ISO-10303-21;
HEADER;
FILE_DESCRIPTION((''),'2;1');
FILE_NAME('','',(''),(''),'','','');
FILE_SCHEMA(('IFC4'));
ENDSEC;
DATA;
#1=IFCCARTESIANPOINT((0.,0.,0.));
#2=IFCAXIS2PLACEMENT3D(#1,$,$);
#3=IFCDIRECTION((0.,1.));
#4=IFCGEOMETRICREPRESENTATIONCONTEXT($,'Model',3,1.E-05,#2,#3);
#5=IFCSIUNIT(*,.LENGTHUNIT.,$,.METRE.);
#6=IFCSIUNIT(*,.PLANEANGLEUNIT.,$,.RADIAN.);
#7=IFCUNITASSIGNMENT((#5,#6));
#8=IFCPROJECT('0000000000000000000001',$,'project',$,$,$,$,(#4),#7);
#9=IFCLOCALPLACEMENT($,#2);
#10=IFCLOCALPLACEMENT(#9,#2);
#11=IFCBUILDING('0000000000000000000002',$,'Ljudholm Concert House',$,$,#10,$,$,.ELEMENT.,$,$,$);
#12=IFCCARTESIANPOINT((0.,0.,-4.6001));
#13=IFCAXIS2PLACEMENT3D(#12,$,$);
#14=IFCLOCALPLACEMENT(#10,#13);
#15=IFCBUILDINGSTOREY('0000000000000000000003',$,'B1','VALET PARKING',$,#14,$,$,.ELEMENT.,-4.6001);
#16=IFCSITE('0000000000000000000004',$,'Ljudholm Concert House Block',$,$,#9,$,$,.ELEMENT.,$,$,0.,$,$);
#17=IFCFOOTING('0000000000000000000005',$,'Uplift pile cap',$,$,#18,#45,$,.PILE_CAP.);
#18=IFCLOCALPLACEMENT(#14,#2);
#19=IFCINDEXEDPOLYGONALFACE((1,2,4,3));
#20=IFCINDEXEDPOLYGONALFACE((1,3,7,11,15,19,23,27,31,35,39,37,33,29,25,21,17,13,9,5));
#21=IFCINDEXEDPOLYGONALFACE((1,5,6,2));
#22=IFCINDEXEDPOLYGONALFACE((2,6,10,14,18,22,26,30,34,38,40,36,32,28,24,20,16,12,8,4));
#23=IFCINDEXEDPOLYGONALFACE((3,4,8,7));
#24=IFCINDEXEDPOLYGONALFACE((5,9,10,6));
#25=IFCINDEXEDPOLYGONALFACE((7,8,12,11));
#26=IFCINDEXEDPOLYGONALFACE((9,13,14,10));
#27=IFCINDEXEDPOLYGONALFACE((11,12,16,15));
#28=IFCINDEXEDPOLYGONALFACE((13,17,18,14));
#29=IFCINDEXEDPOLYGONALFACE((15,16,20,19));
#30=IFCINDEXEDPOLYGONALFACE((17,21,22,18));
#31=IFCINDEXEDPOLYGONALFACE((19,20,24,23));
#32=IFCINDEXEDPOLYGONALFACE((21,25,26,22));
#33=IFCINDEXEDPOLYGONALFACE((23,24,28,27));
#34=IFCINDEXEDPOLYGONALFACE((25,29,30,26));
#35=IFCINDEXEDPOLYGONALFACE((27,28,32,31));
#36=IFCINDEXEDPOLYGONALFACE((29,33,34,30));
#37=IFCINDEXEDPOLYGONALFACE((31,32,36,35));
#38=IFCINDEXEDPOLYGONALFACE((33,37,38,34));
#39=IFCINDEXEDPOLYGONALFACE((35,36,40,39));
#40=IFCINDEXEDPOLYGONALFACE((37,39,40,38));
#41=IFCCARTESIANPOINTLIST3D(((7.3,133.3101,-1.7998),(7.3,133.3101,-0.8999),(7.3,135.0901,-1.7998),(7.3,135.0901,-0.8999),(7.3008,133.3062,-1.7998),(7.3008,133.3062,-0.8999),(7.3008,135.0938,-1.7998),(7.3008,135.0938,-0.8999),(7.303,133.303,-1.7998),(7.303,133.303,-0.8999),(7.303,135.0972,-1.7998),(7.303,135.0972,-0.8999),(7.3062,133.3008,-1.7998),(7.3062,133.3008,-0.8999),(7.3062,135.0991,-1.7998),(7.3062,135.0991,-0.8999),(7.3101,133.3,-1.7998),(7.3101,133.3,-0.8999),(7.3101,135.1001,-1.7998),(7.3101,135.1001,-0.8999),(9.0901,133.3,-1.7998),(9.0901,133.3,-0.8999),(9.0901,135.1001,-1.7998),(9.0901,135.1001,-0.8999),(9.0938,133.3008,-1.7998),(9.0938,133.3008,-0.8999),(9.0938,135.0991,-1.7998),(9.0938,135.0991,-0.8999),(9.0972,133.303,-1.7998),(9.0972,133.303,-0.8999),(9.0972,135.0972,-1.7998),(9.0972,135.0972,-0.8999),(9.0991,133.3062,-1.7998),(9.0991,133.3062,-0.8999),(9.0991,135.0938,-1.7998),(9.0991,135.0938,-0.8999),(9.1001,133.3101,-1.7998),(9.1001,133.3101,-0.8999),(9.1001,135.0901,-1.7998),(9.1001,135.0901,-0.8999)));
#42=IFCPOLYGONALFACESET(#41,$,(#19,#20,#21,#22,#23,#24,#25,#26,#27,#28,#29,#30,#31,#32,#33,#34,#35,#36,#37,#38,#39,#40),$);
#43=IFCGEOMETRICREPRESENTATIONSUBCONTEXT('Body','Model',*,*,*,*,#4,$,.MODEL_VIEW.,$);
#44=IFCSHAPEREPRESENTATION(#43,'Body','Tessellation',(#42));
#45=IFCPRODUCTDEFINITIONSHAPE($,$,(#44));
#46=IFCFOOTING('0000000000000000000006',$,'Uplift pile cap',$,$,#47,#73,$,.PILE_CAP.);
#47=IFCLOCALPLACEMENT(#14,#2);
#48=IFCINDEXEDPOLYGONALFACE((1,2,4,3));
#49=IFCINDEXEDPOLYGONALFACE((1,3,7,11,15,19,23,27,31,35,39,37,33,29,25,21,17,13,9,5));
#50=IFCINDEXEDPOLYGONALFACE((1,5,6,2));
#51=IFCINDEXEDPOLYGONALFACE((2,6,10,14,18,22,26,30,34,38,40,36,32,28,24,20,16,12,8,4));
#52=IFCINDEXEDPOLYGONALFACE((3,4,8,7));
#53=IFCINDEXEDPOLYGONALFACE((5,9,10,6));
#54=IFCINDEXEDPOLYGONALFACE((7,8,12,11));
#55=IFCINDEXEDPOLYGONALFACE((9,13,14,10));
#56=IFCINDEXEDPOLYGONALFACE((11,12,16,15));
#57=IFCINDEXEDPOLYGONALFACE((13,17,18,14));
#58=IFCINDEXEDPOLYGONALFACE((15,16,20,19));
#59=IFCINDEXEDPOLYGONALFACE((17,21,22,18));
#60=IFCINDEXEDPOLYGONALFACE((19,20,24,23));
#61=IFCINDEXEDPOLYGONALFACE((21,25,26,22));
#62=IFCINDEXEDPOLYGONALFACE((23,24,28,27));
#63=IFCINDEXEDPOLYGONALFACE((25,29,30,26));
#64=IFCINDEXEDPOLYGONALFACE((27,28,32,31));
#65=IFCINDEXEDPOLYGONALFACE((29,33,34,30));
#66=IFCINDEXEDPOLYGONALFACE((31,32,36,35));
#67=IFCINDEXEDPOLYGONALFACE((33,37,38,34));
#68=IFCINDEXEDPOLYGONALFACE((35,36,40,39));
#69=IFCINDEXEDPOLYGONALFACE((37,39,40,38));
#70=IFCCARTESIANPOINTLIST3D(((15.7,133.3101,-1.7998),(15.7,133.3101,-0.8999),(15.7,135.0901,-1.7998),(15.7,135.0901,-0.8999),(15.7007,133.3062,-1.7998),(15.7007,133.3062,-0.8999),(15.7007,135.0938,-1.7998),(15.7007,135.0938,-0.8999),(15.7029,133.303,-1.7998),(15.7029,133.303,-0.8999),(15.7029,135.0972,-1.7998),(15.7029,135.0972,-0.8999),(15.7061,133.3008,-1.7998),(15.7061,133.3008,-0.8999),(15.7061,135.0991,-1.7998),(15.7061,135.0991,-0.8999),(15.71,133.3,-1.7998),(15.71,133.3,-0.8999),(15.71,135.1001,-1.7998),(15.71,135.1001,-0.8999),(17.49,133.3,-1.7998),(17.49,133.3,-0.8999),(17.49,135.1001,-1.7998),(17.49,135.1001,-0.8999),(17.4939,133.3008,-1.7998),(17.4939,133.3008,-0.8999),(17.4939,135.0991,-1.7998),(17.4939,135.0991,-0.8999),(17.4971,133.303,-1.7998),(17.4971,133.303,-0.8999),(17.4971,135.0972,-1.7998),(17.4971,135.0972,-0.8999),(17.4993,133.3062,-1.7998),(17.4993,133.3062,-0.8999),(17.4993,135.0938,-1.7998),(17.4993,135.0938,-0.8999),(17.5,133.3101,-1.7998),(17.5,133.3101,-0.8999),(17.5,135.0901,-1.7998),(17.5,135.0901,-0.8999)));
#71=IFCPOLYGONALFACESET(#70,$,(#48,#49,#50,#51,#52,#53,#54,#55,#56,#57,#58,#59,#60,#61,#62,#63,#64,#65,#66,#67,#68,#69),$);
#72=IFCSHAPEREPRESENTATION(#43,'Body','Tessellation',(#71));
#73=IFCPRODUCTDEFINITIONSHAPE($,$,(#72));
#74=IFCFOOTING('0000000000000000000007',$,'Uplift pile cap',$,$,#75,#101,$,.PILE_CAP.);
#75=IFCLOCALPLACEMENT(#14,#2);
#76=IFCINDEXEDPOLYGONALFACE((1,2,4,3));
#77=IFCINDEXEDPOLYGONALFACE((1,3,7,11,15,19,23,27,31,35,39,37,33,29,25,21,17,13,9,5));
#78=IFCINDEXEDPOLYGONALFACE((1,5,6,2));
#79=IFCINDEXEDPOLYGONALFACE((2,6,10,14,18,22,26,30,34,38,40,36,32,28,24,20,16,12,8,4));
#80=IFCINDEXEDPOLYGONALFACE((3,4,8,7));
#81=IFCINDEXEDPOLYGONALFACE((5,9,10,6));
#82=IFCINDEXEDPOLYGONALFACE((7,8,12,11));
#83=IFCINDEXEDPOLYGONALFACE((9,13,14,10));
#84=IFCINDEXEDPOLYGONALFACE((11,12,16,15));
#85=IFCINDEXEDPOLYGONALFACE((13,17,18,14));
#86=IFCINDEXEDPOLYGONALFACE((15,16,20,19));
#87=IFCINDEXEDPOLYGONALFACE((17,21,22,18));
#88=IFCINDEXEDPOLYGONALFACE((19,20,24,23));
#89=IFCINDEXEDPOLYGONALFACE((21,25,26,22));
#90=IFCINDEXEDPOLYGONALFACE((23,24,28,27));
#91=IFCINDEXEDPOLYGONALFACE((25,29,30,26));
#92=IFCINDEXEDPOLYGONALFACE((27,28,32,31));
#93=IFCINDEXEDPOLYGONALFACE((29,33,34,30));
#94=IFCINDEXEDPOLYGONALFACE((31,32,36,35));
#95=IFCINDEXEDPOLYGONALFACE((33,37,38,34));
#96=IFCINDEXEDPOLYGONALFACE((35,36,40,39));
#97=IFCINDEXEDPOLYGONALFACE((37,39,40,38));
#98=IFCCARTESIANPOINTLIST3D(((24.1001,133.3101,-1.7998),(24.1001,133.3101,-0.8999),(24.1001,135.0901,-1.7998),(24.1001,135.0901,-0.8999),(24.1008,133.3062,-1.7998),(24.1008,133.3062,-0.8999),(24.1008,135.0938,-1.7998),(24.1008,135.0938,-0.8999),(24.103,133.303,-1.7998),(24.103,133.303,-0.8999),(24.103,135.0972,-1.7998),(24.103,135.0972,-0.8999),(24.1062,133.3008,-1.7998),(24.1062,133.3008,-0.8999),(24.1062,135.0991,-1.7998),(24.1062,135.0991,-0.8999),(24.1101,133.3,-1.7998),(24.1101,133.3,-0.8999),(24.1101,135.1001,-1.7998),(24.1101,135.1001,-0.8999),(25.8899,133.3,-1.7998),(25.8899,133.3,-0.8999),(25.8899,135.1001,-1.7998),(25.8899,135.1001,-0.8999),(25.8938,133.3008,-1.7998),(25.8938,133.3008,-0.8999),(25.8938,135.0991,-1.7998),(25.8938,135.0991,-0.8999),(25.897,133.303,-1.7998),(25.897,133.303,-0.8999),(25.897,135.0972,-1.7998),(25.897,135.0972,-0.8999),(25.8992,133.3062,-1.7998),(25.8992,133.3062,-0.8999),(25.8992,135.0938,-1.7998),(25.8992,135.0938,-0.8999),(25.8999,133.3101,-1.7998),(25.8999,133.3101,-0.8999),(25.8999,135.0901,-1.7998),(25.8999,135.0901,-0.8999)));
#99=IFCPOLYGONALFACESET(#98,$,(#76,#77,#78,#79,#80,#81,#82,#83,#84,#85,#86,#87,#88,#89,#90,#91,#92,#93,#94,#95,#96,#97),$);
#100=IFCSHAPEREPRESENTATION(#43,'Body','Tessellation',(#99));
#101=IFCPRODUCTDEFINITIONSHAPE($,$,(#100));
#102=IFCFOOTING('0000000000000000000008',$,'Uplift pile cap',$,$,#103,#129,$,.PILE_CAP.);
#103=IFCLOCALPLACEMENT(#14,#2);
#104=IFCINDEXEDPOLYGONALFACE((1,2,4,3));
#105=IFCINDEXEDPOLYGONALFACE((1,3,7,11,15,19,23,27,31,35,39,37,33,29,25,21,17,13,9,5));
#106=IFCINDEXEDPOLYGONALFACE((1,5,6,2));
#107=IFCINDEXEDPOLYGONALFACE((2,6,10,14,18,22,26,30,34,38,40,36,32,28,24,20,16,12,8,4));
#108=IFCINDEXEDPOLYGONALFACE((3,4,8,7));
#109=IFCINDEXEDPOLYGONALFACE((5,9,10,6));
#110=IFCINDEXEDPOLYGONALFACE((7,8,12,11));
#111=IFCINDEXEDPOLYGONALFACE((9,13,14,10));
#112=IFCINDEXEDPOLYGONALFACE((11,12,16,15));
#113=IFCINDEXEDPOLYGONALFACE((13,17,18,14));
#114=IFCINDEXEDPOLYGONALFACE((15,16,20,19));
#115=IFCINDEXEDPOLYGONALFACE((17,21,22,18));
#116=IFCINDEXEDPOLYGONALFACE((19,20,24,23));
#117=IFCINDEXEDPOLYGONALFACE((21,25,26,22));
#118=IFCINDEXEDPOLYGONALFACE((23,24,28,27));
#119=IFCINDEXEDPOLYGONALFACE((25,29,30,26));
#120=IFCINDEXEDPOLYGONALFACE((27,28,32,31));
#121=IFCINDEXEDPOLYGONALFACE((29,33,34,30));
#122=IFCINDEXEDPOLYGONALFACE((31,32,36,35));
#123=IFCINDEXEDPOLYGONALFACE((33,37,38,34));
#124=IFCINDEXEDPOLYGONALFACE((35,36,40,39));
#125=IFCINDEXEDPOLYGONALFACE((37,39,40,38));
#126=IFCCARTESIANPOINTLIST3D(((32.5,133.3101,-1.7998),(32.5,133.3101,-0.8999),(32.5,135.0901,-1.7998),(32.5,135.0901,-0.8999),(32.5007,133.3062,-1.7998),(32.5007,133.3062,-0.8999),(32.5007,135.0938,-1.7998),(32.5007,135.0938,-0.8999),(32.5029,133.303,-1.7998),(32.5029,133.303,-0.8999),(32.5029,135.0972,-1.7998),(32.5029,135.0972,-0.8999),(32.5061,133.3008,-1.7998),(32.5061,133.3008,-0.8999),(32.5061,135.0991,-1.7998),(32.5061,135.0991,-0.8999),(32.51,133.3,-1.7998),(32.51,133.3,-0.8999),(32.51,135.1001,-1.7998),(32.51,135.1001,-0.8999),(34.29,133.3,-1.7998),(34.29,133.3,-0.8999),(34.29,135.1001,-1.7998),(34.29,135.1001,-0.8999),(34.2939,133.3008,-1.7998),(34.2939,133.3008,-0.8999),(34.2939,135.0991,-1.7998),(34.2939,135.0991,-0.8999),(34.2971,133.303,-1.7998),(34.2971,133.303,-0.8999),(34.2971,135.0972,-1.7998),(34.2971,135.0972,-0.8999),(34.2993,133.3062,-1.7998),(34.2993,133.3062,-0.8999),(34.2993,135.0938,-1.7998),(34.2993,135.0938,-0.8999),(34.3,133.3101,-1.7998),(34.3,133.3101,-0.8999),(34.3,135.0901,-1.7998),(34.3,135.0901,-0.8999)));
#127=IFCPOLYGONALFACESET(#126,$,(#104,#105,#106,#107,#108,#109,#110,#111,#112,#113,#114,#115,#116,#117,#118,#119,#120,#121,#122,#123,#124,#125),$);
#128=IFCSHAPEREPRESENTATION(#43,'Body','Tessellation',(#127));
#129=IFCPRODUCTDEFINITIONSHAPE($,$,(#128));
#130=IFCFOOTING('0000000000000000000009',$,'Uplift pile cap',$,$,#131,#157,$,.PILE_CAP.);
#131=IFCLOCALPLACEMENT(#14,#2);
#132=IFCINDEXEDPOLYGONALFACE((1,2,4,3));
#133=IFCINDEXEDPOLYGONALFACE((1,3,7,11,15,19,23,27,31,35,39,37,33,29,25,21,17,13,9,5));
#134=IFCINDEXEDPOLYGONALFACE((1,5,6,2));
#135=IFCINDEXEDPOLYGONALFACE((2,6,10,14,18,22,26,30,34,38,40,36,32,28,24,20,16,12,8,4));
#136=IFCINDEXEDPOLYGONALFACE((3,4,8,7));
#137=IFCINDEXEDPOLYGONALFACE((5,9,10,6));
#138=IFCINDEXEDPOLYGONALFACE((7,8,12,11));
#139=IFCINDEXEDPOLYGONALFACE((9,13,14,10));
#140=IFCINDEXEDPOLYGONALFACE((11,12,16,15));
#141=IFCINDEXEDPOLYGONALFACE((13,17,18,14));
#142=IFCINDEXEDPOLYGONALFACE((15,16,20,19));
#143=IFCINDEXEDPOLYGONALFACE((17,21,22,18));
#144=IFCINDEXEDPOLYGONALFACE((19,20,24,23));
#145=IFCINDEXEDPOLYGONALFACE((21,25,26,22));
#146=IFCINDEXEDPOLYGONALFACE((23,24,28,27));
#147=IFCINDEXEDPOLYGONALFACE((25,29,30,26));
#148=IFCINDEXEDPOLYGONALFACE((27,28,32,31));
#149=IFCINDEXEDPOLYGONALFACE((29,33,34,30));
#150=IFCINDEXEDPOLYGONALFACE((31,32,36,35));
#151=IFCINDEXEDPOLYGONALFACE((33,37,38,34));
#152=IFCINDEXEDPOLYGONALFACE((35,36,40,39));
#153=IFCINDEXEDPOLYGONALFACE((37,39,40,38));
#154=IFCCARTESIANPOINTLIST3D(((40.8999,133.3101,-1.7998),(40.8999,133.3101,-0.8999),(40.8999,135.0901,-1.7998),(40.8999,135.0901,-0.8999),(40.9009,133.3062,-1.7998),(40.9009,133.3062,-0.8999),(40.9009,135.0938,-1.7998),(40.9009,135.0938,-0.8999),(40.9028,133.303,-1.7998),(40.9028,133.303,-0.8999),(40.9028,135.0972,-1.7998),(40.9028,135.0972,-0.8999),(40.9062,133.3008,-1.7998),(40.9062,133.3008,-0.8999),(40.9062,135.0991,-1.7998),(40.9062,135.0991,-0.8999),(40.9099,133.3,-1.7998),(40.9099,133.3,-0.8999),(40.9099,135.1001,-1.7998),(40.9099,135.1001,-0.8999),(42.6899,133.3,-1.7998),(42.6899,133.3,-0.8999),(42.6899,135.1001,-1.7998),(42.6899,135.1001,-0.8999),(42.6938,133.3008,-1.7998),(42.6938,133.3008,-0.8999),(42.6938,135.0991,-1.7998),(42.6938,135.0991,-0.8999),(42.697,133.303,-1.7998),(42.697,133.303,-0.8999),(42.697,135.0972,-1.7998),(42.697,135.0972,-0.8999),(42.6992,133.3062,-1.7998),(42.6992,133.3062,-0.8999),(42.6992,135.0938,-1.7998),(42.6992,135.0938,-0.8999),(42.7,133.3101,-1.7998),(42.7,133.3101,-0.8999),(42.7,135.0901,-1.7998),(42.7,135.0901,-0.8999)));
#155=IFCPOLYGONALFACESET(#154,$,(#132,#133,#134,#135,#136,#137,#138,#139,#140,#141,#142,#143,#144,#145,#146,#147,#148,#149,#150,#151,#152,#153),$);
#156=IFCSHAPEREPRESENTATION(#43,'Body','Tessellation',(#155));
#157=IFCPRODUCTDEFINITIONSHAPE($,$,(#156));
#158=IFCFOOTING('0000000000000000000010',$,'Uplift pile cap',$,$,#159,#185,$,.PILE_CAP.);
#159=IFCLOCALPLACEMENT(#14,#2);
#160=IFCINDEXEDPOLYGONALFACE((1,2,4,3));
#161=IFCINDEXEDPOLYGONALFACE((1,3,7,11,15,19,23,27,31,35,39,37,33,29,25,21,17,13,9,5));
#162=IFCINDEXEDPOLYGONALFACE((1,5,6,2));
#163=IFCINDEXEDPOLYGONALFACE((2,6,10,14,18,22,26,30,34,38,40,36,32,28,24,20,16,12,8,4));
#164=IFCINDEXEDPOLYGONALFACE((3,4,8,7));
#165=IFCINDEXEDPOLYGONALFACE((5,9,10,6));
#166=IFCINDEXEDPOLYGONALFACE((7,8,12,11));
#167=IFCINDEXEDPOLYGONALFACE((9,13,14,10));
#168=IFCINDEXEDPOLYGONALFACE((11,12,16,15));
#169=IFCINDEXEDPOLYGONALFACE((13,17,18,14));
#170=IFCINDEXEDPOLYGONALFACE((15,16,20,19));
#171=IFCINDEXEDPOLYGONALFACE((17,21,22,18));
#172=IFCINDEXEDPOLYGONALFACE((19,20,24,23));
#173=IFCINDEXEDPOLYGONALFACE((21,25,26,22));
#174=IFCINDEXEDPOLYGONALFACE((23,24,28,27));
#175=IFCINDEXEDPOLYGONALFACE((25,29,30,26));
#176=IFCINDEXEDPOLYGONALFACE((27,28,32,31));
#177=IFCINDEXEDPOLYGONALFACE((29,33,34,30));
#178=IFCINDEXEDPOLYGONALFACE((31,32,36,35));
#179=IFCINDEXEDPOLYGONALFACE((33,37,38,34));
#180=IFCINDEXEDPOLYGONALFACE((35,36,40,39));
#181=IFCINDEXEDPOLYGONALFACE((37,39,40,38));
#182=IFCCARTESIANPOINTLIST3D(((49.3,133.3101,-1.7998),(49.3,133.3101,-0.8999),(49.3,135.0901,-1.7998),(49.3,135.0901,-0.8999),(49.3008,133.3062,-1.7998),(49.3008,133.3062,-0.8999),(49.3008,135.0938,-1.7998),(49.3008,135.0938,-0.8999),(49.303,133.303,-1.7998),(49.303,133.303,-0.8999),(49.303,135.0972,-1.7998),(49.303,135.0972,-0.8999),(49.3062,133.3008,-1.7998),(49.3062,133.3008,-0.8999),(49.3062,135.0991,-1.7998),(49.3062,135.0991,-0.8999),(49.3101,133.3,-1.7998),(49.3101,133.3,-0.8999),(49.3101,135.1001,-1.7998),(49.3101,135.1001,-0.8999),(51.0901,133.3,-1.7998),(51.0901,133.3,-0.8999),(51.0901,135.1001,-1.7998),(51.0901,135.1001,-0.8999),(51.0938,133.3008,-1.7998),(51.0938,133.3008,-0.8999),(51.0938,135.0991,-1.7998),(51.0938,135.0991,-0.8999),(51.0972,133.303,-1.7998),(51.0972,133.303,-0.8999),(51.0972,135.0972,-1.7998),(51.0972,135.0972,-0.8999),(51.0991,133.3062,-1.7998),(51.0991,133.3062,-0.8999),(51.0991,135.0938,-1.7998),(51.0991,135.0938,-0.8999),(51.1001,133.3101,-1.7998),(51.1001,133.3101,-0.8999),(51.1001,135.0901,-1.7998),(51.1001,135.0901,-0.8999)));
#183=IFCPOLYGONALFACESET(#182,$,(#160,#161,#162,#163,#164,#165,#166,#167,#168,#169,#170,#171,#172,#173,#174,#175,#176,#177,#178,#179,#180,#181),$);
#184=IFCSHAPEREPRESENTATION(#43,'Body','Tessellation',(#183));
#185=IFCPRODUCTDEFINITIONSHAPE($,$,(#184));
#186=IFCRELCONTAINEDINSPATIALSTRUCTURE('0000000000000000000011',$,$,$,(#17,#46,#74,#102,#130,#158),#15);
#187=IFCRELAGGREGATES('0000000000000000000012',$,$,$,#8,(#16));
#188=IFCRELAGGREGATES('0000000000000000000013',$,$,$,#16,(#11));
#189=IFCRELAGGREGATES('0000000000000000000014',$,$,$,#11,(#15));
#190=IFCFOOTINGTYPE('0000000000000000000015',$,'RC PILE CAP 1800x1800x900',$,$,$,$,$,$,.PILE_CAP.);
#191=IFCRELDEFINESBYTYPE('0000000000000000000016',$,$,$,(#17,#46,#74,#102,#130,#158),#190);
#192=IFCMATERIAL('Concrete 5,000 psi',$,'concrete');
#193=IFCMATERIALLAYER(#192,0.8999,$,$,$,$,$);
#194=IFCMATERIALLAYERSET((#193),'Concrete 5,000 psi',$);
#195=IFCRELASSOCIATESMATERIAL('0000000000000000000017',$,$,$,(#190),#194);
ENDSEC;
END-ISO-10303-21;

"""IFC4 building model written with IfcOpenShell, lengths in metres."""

from ifc_helpers import new_model, si_unit, direction, frame, origin, place, context, subcontext, project, spatial, polyline, outline, extrude, material, layer, layer_set, type_object, element, save


model = new_model("IFC4")

# Units and contexts
model_context = context("Model", 3, precision=1e-05, world=origin(), true_north=direction((0.0, 1.0)))
body_context = subcontext(model_context, "Body", "Model", "MODEL_VIEW")
ifc_project = project(units=[si_unit("LENGTHUNIT", "METRE"), si_unit("PLANEANGLEUNIT", "RADIAN")], contexts=[model_context])

# Site, building, storey
site_placement = place(None, origin())
site = spatial("IfcSite", under=ifc_project, at=site_placement, Name="Ljudholm Concert House Block", CompositionType="ELEMENT", RefElevation=0.0)
building_placement = place(site_placement, origin())
building = spatial("IfcBuilding", under=site, at=building_placement, Name="Ljudholm Concert House", CompositionType="ELEMENT")
storey_placement = place(building_placement, frame((0.0, 0.0, -4.6001)))
storey = spatial("IfcBuildingStorey", under=building, at=storey_placement, Name="B1", Description="VALET PARKING", CompositionType="ELEMENT", Elevation=-4.6001)

# Footings
ifc_material = material(Name="Concrete 5,000 psi", Category="concrete")
ifc_layer = layer(ifc_material, 0.8999)
ifc_layer_set = layer_set([ifc_layer], Name="Concrete 5,000 psi")
footing_type = type_object("IfcFootingType", Name="RC PILE CAP 1800x1800x900", PredefinedType="PILE_CAP", material=ifc_layer_set)
footing_1_placement = place(storey_placement, frame((0.0, 0.0, -1.7998)))
element("IfcFooting", 1, at=footing_1_placement, inside=storey, type_object=footing_type, Name="Uplift pile cap", PredefinedType="PILE_CAP", context=body_context, shape_type="SweptSolid", body=[
    extrude(outline(polyline([(7.3101, 133.3), (9.0901, 133.3), (9.0938, 133.3008), (9.0972, 133.303), (9.0991, 133.3062), (9.1001, 133.3101), (9.1001, 135.0901), (9.0991, 135.0938), (9.0972, 135.0972), (9.0938, 135.0991), (9.0901, 135.1001), (7.3101, 135.1001), (7.3062, 135.0991), (7.303, 135.0972), (7.3008, 135.0938), (7.3, 135.0901), (7.3, 133.3101), (7.3008, 133.3062), (7.303, 133.303), (7.3062, 133.3008), (7.3101, 133.3)])), origin(), (0.0, 0.0, 1.0), 0.8999),
])
footing_2_placement = place(storey_placement, frame((0.0, 0.0, -1.7998)))
element("IfcFooting", 2, at=footing_2_placement, inside=storey, type_object=footing_type, Name="Uplift pile cap", PredefinedType="PILE_CAP", context=body_context, shape_type="SweptSolid", body=[
    extrude(outline(polyline([(15.71, 133.3), (17.49, 133.3), (17.4939, 133.3008), (17.4971, 133.303), (17.4993, 133.3062), (17.5, 133.3101), (17.5, 135.0901), (17.4993, 135.0938), (17.4971, 135.0972), (17.4939, 135.0991), (17.49, 135.1001), (15.71, 135.1001), (15.7061, 135.0991), (15.7029, 135.0972), (15.7007, 135.0938), (15.7, 135.0901), (15.7, 133.3101), (15.7007, 133.3062), (15.7029, 133.303), (15.7061, 133.3008), (15.71, 133.3)])), origin(), (0.0, 0.0, 1.0), 0.8999),
])
footing_3_placement = place(storey_placement, frame((0.0, 0.0, -1.7998)))
element("IfcFooting", 3, at=footing_3_placement, inside=storey, type_object=footing_type, Name="Uplift pile cap", PredefinedType="PILE_CAP", context=body_context, shape_type="SweptSolid", body=[
    extrude(outline(polyline([(24.1101, 133.3), (25.8899, 133.3), (25.8938, 133.3008), (25.897, 133.303), (25.8992, 133.3062), (25.8999, 133.3101), (25.8999, 135.0901), (25.8992, 135.0938), (25.897, 135.0972), (25.8938, 135.0991), (25.8899, 135.1001), (24.1101, 135.1001), (24.1062, 135.0991), (24.103, 135.0972), (24.1008, 135.0938), (24.1001, 135.0901), (24.1001, 133.3101), (24.1008, 133.3062), (24.103, 133.303), (24.1062, 133.3008), (24.1101, 133.3)])), origin(), (0.0, 0.0, 1.0), 0.8999),
])
footing_4_placement = place(storey_placement, frame((0.0, 0.0, -1.7998)))
element("IfcFooting", 4, at=footing_4_placement, inside=storey, type_object=footing_type, Name="Uplift pile cap", PredefinedType="PILE_CAP", context=body_context, shape_type="SweptSolid", body=[
    extrude(outline(polyline([(32.51, 133.3), (34.29, 133.3), (34.2939, 133.3008), (34.2971, 133.303), (34.2993, 133.3062), (34.3, 133.3101), (34.3, 135.0901), (34.2993, 135.0938), (34.2971, 135.0972), (34.2939, 135.0991), (34.29, 135.1001), (32.51, 135.1001), (32.5061, 135.0991), (32.5029, 135.0972), (32.5007, 135.0938), (32.5, 135.0901), (32.5, 133.3101), (32.5007, 133.3062), (32.5029, 133.303), (32.5061, 133.3008), (32.51, 133.3)])), origin(), (0.0, 0.0, 1.0), 0.8999),
])
footing_5_placement = place(storey_placement, frame((0.0, 0.0, -1.7998)))
element("IfcFooting", 5, at=footing_5_placement, inside=storey, type_object=footing_type, Name="Uplift pile cap", PredefinedType="PILE_CAP", context=body_context, shape_type="SweptSolid", body=[
    extrude(outline(polyline([(40.9099, 133.3), (42.6899, 133.3), (42.6938, 133.3008), (42.697, 133.303), (42.6992, 133.3062), (42.7, 133.3101), (42.7, 135.0901), (42.6992, 135.0938), (42.697, 135.0972), (42.6938, 135.0991), (42.6899, 135.1001), (40.9099, 135.1001), (40.9062, 135.0991), (40.9028, 135.0972), (40.9009, 135.0938), (40.8999, 135.0901), (40.8999, 133.3101), (40.9009, 133.3062), (40.9028, 133.303), (40.9062, 133.3008), (40.9099, 133.3)])), origin(), (0.0, 0.0, 1.0), 0.8999),
])
footing_6_placement = place(storey_placement, frame((0.0, 0.0, -1.7998)))
element("IfcFooting", 6, at=footing_6_placement, inside=storey, type_object=footing_type, Name="Uplift pile cap", PredefinedType="PILE_CAP", context=body_context, shape_type="SweptSolid", body=[
    extrude(outline(polyline([(49.3101, 133.3), (51.0901, 133.3), (51.0938, 133.3008), (51.0972, 133.303), (51.0991, 133.3062), (51.1001, 133.3101), (51.1001, 135.0901), (51.0991, 135.0938), (51.0972, 135.0972), (51.0938, 135.0991), (51.0901, 135.1001), (49.3101, 135.1001), (49.3062, 135.0991), (49.303, 135.0972), (49.3008, 135.0938), (49.3, 135.0901), (49.3, 133.3101), (49.3008, 133.3062), (49.303, 133.303), (49.3062, 133.3008), (49.3101, 133.3)])), origin(), (0.0, 0.0, 1.0), 0.8999),
])

save(model, "model.ifc")
